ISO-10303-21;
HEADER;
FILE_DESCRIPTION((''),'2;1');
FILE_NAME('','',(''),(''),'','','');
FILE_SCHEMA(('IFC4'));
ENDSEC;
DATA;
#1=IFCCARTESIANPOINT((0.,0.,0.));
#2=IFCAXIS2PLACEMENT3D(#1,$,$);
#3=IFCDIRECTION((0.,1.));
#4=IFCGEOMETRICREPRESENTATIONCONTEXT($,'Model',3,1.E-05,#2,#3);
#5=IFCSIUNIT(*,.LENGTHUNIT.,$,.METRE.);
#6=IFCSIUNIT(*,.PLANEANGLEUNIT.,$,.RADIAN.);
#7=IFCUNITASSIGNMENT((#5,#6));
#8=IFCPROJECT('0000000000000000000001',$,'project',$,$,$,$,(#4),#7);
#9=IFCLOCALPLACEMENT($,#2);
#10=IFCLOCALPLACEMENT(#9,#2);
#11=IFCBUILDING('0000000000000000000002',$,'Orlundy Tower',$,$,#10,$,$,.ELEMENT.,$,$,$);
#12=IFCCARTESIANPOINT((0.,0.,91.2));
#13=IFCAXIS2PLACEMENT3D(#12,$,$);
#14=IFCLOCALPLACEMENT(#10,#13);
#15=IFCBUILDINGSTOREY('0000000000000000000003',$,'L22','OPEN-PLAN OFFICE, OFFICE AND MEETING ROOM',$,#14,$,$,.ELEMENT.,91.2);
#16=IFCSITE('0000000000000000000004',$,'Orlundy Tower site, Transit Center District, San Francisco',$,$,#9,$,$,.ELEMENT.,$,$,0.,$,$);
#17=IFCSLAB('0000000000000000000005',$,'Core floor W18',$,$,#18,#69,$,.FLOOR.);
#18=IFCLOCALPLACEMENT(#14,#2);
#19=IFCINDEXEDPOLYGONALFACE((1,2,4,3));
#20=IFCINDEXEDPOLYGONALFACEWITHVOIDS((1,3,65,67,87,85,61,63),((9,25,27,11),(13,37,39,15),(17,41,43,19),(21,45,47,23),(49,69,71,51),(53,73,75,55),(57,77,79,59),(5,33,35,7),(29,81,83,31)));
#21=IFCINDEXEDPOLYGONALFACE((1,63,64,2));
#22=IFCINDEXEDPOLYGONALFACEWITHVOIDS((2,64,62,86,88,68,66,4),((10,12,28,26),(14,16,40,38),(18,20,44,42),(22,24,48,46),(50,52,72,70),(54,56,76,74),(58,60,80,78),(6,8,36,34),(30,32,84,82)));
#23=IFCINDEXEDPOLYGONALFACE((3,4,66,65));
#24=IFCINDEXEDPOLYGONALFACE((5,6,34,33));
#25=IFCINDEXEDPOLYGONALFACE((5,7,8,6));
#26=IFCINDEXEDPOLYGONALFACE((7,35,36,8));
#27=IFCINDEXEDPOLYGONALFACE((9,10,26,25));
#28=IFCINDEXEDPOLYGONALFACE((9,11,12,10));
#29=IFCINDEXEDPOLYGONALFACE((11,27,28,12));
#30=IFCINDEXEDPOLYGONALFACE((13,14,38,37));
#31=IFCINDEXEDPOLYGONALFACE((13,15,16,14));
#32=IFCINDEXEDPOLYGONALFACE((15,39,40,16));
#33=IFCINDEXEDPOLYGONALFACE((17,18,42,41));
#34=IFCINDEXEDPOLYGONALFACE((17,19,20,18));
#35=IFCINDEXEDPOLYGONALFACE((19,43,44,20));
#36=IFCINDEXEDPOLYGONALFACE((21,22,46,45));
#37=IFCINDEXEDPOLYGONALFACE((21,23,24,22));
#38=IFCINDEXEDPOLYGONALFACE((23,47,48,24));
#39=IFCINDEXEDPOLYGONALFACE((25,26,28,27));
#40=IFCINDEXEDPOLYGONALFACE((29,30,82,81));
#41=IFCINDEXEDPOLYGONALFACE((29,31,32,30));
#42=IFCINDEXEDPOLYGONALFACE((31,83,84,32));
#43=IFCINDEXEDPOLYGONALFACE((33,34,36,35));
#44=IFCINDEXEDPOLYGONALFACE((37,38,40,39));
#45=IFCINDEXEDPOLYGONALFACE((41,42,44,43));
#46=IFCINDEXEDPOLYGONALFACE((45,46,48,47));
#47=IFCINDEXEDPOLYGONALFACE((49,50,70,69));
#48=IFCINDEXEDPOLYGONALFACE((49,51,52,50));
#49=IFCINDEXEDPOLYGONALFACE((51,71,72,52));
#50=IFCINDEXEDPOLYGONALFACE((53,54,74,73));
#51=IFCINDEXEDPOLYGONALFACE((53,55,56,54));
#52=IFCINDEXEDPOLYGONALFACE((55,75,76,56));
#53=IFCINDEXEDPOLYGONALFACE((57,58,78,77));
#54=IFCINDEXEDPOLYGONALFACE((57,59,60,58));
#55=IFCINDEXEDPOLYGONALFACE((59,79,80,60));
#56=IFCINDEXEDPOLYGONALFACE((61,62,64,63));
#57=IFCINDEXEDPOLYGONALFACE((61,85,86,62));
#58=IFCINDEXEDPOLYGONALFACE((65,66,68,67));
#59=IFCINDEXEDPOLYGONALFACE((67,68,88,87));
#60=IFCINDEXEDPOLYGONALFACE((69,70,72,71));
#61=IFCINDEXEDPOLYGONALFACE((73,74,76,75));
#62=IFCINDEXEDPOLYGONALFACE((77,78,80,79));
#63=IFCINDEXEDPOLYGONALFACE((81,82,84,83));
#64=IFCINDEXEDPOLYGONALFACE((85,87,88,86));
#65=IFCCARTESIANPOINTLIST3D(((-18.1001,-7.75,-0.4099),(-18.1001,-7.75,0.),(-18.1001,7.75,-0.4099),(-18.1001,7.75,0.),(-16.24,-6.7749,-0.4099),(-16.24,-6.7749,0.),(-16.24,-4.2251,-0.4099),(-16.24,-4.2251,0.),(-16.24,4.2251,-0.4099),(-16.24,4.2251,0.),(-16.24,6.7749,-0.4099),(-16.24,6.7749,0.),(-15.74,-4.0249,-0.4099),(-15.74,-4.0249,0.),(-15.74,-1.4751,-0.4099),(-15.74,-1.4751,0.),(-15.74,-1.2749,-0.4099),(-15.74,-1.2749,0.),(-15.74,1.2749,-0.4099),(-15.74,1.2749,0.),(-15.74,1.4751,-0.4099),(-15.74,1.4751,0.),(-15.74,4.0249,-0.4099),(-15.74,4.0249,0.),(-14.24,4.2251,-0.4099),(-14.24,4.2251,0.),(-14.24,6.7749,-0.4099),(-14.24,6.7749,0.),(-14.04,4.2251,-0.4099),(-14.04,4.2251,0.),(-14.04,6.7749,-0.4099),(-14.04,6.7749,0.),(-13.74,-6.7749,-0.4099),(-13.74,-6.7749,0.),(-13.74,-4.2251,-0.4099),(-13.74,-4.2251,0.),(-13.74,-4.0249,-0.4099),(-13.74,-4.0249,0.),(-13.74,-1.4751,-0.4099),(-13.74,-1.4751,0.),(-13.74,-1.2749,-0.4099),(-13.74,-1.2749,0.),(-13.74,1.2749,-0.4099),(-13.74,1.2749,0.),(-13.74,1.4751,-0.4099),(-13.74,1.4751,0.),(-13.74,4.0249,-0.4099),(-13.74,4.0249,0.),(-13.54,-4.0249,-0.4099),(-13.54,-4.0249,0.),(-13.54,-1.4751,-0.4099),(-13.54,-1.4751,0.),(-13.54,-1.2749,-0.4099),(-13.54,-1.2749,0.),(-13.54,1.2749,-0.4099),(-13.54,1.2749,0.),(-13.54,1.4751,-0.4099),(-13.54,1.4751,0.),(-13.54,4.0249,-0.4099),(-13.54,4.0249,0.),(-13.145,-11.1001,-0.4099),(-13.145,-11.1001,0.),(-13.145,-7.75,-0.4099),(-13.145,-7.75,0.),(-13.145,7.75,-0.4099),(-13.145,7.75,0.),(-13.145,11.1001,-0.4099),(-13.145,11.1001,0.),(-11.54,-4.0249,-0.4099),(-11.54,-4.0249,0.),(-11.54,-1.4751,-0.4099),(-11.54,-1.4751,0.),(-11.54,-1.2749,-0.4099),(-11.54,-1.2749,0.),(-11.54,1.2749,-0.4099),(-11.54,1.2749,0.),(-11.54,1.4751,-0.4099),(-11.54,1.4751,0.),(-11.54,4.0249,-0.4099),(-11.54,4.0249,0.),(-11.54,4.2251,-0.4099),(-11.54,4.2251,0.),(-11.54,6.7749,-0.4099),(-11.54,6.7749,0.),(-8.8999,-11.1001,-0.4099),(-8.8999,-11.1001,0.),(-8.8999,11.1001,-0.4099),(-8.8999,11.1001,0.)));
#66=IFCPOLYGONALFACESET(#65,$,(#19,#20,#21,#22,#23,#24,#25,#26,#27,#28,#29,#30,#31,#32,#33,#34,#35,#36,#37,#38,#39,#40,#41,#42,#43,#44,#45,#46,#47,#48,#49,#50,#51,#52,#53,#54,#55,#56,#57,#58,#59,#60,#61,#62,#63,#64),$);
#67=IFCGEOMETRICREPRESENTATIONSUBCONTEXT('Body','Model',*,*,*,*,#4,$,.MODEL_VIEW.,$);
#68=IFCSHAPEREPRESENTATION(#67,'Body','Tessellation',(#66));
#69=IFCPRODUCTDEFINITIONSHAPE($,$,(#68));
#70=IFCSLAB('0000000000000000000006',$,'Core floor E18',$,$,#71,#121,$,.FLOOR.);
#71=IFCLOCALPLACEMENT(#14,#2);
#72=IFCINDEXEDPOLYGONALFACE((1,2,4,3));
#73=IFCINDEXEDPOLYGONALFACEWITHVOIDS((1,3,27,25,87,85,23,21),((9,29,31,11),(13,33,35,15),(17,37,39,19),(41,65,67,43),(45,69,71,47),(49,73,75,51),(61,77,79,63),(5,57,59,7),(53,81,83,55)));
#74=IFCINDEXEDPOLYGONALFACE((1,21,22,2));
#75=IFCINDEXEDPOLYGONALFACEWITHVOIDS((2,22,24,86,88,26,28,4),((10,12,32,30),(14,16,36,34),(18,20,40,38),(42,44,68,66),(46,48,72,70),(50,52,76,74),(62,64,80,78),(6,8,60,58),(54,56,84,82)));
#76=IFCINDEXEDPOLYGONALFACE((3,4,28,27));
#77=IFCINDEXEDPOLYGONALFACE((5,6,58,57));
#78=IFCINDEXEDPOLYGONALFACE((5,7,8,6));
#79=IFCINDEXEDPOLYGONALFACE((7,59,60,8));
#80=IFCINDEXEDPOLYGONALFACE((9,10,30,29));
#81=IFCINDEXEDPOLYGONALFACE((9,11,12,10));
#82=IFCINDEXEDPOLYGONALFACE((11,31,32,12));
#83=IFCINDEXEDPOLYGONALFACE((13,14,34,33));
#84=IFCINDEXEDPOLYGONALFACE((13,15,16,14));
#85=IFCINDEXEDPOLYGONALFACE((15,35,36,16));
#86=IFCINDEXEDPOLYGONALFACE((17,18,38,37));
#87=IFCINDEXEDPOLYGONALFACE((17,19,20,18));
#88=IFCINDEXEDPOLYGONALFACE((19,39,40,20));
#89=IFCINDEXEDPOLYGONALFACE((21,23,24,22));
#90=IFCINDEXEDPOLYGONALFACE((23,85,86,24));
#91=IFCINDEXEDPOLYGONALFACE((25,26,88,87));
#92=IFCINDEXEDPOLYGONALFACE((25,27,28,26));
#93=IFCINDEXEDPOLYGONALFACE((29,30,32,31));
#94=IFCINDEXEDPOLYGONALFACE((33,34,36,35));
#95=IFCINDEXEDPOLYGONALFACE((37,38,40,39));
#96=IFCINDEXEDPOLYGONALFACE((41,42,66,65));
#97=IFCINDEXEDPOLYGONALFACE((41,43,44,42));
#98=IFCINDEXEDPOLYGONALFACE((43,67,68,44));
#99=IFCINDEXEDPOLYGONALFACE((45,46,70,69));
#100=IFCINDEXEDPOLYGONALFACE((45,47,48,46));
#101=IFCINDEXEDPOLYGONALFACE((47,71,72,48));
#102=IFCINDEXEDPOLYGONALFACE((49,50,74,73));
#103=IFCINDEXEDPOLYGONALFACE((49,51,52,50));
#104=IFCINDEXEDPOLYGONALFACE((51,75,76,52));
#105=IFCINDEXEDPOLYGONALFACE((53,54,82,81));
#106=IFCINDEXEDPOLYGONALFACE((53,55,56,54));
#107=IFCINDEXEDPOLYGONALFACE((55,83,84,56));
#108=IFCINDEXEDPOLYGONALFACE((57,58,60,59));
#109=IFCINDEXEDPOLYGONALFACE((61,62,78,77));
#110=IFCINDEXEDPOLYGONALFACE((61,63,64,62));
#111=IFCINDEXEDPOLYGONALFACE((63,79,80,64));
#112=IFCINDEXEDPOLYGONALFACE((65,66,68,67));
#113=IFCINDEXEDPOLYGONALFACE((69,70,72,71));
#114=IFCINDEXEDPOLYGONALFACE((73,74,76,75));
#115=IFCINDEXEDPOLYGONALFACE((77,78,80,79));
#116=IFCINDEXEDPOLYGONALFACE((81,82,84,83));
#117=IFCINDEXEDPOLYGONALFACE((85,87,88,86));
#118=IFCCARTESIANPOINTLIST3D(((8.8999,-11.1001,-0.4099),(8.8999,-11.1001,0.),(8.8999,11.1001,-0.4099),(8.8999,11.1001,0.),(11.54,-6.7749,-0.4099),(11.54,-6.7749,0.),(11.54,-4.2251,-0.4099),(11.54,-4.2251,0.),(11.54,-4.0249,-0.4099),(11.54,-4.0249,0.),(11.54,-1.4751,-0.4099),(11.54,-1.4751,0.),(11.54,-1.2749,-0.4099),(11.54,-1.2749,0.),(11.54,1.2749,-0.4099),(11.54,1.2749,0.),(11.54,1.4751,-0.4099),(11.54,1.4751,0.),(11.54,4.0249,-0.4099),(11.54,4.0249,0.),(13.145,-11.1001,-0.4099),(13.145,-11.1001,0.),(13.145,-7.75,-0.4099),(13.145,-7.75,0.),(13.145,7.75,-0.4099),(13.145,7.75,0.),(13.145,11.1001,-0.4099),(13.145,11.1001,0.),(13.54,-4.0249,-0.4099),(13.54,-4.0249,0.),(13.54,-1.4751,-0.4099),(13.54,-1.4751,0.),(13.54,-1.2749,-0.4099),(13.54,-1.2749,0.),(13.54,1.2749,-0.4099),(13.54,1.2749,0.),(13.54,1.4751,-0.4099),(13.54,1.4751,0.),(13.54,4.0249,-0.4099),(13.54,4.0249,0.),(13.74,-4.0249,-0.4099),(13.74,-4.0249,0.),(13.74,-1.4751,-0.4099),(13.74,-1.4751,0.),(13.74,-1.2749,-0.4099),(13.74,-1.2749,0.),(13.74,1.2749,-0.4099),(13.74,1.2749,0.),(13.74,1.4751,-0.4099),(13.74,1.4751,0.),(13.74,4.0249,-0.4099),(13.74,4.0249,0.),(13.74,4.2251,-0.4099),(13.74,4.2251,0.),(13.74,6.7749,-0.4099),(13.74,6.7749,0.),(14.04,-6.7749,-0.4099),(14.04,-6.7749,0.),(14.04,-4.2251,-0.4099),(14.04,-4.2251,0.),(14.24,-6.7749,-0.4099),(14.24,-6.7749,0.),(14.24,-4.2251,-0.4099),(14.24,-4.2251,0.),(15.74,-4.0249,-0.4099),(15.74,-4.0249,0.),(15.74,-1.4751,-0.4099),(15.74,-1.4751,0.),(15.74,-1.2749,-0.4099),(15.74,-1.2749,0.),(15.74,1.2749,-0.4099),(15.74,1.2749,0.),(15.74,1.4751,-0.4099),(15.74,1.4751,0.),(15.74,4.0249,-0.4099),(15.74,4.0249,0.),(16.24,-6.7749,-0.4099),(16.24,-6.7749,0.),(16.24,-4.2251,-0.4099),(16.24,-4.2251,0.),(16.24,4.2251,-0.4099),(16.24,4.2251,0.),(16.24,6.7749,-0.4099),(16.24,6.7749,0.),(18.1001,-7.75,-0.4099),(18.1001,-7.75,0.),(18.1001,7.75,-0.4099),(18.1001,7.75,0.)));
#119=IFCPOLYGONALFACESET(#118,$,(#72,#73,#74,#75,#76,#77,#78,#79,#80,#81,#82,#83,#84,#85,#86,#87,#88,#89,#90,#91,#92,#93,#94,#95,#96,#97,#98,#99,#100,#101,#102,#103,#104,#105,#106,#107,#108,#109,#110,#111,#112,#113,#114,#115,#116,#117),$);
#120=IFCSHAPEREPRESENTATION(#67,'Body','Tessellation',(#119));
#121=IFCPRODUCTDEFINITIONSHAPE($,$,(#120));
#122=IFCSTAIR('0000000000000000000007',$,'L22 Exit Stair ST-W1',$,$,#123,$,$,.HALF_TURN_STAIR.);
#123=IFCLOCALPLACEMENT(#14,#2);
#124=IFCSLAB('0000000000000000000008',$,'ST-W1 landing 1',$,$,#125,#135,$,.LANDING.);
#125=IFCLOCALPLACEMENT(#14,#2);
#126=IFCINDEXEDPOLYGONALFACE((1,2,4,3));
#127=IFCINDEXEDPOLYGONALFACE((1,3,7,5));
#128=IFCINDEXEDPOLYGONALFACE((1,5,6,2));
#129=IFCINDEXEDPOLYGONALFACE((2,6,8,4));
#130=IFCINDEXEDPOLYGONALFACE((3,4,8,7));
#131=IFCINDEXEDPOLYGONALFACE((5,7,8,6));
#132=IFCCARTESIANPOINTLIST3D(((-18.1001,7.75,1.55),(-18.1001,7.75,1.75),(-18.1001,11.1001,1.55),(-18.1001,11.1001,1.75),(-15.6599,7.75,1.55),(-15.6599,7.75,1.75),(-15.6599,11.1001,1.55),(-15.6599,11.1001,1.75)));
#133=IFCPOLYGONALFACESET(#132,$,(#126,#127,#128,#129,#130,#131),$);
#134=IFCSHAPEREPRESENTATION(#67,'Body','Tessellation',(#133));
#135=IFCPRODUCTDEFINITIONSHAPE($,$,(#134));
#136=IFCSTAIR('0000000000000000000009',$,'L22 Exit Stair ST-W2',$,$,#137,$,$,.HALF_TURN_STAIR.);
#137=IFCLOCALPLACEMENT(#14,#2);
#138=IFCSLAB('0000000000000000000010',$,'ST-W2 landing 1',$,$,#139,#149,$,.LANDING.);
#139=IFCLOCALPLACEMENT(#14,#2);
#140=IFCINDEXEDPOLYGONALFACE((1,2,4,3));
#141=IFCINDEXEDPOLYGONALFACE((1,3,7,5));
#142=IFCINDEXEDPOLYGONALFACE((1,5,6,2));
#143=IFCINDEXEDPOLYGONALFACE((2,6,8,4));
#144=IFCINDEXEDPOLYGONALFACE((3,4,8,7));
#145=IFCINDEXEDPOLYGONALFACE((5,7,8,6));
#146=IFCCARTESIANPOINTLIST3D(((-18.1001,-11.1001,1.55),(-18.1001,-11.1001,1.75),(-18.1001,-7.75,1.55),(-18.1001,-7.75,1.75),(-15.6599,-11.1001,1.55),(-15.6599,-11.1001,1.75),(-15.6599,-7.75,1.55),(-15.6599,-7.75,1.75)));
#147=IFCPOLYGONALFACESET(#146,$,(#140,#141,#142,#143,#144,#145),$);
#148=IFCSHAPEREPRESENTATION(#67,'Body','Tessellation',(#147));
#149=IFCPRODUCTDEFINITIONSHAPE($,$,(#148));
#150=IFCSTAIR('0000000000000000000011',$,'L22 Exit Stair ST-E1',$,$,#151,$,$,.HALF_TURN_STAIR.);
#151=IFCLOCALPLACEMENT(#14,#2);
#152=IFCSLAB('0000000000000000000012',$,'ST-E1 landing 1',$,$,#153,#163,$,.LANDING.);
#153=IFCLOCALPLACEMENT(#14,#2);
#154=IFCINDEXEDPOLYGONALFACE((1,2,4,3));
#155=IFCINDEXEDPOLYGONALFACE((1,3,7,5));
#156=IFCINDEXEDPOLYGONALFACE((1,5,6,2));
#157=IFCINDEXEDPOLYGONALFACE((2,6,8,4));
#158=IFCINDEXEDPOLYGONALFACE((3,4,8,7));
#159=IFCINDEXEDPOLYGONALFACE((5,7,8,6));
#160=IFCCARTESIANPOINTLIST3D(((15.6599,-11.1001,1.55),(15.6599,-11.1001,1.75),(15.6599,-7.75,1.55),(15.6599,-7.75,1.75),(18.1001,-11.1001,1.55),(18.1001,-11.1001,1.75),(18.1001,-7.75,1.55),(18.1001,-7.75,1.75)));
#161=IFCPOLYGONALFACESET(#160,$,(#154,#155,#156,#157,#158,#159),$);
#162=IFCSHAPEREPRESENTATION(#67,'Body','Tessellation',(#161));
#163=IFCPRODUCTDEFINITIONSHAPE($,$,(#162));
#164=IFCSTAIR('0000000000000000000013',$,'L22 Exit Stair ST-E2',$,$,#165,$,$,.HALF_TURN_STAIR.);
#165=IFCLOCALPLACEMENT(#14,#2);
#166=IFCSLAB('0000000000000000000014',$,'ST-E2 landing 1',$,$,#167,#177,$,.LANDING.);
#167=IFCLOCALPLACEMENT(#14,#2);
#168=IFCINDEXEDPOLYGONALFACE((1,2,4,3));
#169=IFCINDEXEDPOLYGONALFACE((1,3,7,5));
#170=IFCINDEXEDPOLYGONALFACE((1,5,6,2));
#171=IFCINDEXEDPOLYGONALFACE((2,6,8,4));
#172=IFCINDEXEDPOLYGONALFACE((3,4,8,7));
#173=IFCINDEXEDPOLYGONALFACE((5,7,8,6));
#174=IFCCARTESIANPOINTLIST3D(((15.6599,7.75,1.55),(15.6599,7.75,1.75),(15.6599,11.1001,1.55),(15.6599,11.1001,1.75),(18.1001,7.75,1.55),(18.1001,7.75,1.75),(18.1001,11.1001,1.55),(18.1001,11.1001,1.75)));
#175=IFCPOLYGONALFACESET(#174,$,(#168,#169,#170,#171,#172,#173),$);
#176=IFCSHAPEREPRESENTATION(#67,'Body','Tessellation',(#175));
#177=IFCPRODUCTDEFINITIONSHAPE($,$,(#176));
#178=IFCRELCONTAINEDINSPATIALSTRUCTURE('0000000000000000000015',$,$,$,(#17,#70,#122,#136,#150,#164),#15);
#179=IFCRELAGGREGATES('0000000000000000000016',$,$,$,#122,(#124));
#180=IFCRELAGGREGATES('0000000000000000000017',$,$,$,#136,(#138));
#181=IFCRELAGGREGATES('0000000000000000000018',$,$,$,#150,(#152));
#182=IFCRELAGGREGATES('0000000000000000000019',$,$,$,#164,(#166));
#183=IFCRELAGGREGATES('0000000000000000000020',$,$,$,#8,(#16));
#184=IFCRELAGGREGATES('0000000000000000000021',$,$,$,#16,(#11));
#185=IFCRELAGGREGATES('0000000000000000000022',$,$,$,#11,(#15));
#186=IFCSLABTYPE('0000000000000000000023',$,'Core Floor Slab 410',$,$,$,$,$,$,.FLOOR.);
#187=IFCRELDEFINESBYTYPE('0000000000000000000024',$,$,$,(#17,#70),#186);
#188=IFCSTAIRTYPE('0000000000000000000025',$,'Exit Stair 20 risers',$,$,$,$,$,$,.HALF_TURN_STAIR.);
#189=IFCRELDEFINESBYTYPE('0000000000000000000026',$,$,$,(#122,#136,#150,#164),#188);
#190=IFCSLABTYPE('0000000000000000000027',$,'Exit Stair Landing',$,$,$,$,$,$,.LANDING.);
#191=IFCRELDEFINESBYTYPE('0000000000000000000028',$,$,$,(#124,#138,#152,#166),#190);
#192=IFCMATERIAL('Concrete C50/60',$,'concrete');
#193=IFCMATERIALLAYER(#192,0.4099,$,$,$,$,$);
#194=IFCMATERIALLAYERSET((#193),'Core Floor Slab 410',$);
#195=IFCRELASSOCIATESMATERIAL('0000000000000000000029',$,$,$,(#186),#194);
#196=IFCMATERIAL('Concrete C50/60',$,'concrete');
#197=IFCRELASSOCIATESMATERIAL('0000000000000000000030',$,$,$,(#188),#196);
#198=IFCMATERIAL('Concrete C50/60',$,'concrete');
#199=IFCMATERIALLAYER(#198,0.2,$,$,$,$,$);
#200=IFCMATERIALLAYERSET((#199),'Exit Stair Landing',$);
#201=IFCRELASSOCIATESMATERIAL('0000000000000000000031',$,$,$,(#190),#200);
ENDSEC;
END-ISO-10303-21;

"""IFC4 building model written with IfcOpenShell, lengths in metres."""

from ifc_helpers import new_model, si_unit, direction, frame, origin, place, context, subcontext, project, spatial, polyline, outline, extrude, material, layer, layer_set, type_object, element, aggregate, save


model = new_model("IFC4")

# Units and contexts
model_context = context("Model", 3, precision=1e-05, world=origin(), true_north=direction((0.0, 1.0)))
body_context = subcontext(model_context, "Body", "Model", "MODEL_VIEW")
ifc_project = project(units=[si_unit("LENGTHUNIT", "METRE"), si_unit("PLANEANGLEUNIT", "RADIAN")], contexts=[model_context])

# Site, building, storey
site_placement = place(None, origin())
site = spatial("IfcSite", under=ifc_project, at=site_placement, Name="Orlundy Tower site, Transit Center District, San Francisco", CompositionType="ELEMENT", RefElevation=0.0)
building_placement = place(site_placement, origin())
building = spatial("IfcBuilding", under=site, at=building_placement, Name="Orlundy Tower", CompositionType="ELEMENT")
storey_placement = place(building_placement, frame((0.0, 0.0, 91.2)))
storey = spatial("IfcBuildingStorey", under=building, at=storey_placement, Name="L22", Description="OPEN-PLAN OFFICE, OFFICE AND MEETING ROOM", CompositionType="ELEMENT", Elevation=91.2)

# Slabs
ifc_material_1 = material(Name="Concrete C50/60", Category="concrete")
ifc_layer_1 = layer(ifc_material_1, 0.4099)
ifc_layer_set_1 = layer_set([ifc_layer_1], Name="Core Floor Slab 410")
slab_type_1 = type_object("IfcSlabType", Name="Core Floor Slab 410", PredefinedType="FLOOR", material=ifc_layer_set_1)
slab_1_placement = place(storey_placement, frame((0.0, 0.0, -0.4099)))
element("IfcSlab", 1, at=slab_1_placement, inside=storey, type_object=slab_type_1, Name="Core floor W18", PredefinedType="FLOOR", context=body_context, shape_type="SweptSolid", body=[
    extrude(outline(polyline([(-13.145, 7.75), (-13.145, 11.1001), (-8.8999, 11.1001), (-8.8999, -11.1001), (-13.145, -11.1001), (-13.145, -7.75), (-18.1001, -7.75), (-18.1001, 7.75), (-13.145, 7.75)]), holes=[polyline([(-16.24, -6.7749), (-13.74, -6.7749), (-13.74, -4.2251), (-16.24, -4.2251), (-16.24, -6.7749)]), polyline([(-13.54, -1.4751), (-13.54, -4.0249), (-11.54, -4.0249), (-11.54, -1.4751), (-13.54, -1.4751)]), polyline([(-13.74, -1.4751), (-15.74, -1.4751), (-15.74, -4.0249), (-13.74, -4.0249), (-13.74, -1.4751)]), polyline([(-11.54, -1.2749), (-11.54, 1.2749), (-13.54, 1.2749), (-13.54, -1.2749), (-11.54, -1.2749)]), polyline([(-15.74, -1.2749), (-13.74, -1.2749), (-13.74, 1.2749), (-15.74, 1.2749), (-15.74, -1.2749)]), polyline([(-13.54, 4.0249), (-13.54, 1.4751), (-11.54, 1.4751), (-11.54, 4.0249), (-13.54, 4.0249)]), polyline([(-13.74, 4.0249), (-15.74, 4.0249), (-15.74, 1.4751), (-13.74, 1.4751), (-13.74, 4.0249)]), polyline([(-11.54, 4.2251), (-11.54, 6.7749), (-14.04, 6.7749), (-14.04, 4.2251), (-11.54, 4.2251)]), polyline([(-16.24, 4.2251), (-14.24, 4.2251), (-14.24, 6.7749), (-16.24, 6.7749), (-16.24, 4.2251)])]), origin(), (0.0, 0.0, 1.0), 0.4099),
])
slab_2_placement = place(storey_placement, frame((0.0, 0.0, -0.4099)))
element("IfcSlab", 2, at=slab_2_placement, inside=storey, type_object=slab_type_1, Name="Core floor E18", PredefinedType="FLOOR", context=body_context, shape_type="SweptSolid", body=[
    extrude(outline(polyline([(13.145, -7.75), (13.145, -11.1001), (8.8999, -11.1001), (8.8999, 11.1001), (13.145, 11.1001), (13.145, 7.75), (18.1001, 7.75), (18.1001, -7.75), (13.145, -7.75)]), holes=[polyline([(16.24, 6.7749), (13.74, 6.7749), (13.74, 4.2251), (16.24, 4.2251), (16.24, 6.7749)]), polyline([(13.54, 1.4751), (13.54, 4.0249), (11.54, 4.0249), (11.54, 1.4751), (13.54, 1.4751)]), polyline([(13.74, 1.4751), (15.74, 1.4751), (15.74, 4.0249), (13.74, 4.0249), (13.74, 1.4751)]), polyline([(11.54, 1.2749), (11.54, -1.2749), (13.54, -1.2749), (13.54, 1.2749), (11.54, 1.2749)]), polyline([(15.74, 1.2749), (13.74, 1.2749), (13.74, -1.2749), (15.74, -1.2749), (15.74, 1.2749)]), polyline([(13.54, -4.0249), (13.54, -1.4751), (11.54, -1.4751), (11.54, -4.0249), (13.54, -4.0249)]), polyline([(13.74, -4.0249), (15.74, -4.0249), (15.74, -1.4751), (13.74, -1.4751), (13.74, -4.0249)]), polyline([(11.54, -4.2251), (11.54, -6.7749), (14.04, -6.7749), (14.04, -4.2251), (11.54, -4.2251)]), polyline([(16.24, -4.2251), (14.24, -4.2251), (14.24, -6.7749), (16.24, -6.7749), (16.24, -4.2251)])]), origin(), (0.0, 0.0, 1.0), 0.4099),
])

# Stairs, slabs
ifc_material_2 = material(Name="Concrete C50/60", Category="concrete")
stair_type = type_object("IfcStairType", Name="Exit Stair 20 risers", PredefinedType="HALF_TURN_STAIR", material=ifc_material_2)
stair_1_placement = place(storey_placement, origin())
stair_1 = element("IfcStair", 3, at=stair_1_placement, inside=storey, type_object=stair_type, Name="L22 Exit Stair ST-W1", PredefinedType="HALF_TURN_STAIR")
ifc_material_3 = material(Name="Concrete C50/60", Category="concrete")
ifc_layer_2 = layer(ifc_material_3, 0.2)
ifc_layer_set_2 = layer_set([ifc_layer_2], Name="Exit Stair Landing")
slab_type_2 = type_object("IfcSlabType", Name="Exit Stair Landing", PredefinedType="LANDING", material=ifc_layer_set_2)
slab_3_placement = place(storey_placement, frame((0.0, 0.0, 1.55)))
slab_3 = element("IfcSlab", 4, at=slab_3_placement, type_object=slab_type_2, Name="ST-W1 landing 1", PredefinedType="LANDING", context=body_context, shape_type="SweptSolid", body=[
    extrude(outline(polyline([(-15.6599, 11.1001), (-18.1001, 11.1001), (-18.1001, 7.75), (-15.6599, 7.75), (-15.6599, 11.1001)])), origin(), (0.0, 0.0, 1.0), 0.2),
])
aggregate(stair_1, [slab_3])
stair_2_placement = place(storey_placement, origin())
stair_2 = element("IfcStair", 5, at=stair_2_placement, inside=storey, type_object=stair_type, Name="L22 Exit Stair ST-W2", PredefinedType="HALF_TURN_STAIR")
slab_4_placement = place(storey_placement, frame((0.0, 0.0, 1.55)))
slab_4 = element("IfcSlab", 6, at=slab_4_placement, type_object=slab_type_2, Name="ST-W2 landing 1", PredefinedType="LANDING", context=body_context, shape_type="SweptSolid", body=[
    extrude(outline(polyline([(-15.6599, -7.75), (-18.1001, -7.75), (-18.1001, -11.1001), (-15.6599, -11.1001), (-15.6599, -7.75)])), origin(), (0.0, 0.0, 1.0), 0.2),
])
aggregate(stair_2, [slab_4])
stair_3_placement = place(storey_placement, origin())
stair_3 = element("IfcStair", 7, at=stair_3_placement, inside=storey, type_object=stair_type, Name="L22 Exit Stair ST-E1", PredefinedType="HALF_TURN_STAIR")
slab_5_placement = place(storey_placement, frame((0.0, 0.0, 1.55)))
slab_5 = element("IfcSlab", 8, at=slab_5_placement, type_object=slab_type_2, Name="ST-E1 landing 1", PredefinedType="LANDING", context=body_context, shape_type="SweptSolid", body=[
    extrude(outline(polyline([(15.6599, -11.1001), (18.1001, -11.1001), (18.1001, -7.75), (15.6599, -7.75), (15.6599, -11.1001)])), origin(), (0.0, 0.0, 1.0), 0.2),
])
aggregate(stair_3, [slab_5])
stair_4_placement = place(storey_placement, origin())
stair_4 = element("IfcStair", 9, at=stair_4_placement, inside=storey, type_object=stair_type, Name="L22 Exit Stair ST-E2", PredefinedType="HALF_TURN_STAIR")
slab_6_placement = place(storey_placement, frame((0.0, 0.0, 1.55)))
slab_6 = element("IfcSlab", 10, at=slab_6_placement, type_object=slab_type_2, Name="ST-E2 landing 1", PredefinedType="LANDING", context=body_context, shape_type="SweptSolid", body=[
    extrude(outline(polyline([(15.6599, 7.75), (18.1001, 7.75), (18.1001, 11.1001), (15.6599, 11.1001), (15.6599, 7.75)])), origin(), (0.0, 0.0, 1.0), 0.2),
])
aggregate(stair_4, [slab_6])

save(model, "model.ifc")
